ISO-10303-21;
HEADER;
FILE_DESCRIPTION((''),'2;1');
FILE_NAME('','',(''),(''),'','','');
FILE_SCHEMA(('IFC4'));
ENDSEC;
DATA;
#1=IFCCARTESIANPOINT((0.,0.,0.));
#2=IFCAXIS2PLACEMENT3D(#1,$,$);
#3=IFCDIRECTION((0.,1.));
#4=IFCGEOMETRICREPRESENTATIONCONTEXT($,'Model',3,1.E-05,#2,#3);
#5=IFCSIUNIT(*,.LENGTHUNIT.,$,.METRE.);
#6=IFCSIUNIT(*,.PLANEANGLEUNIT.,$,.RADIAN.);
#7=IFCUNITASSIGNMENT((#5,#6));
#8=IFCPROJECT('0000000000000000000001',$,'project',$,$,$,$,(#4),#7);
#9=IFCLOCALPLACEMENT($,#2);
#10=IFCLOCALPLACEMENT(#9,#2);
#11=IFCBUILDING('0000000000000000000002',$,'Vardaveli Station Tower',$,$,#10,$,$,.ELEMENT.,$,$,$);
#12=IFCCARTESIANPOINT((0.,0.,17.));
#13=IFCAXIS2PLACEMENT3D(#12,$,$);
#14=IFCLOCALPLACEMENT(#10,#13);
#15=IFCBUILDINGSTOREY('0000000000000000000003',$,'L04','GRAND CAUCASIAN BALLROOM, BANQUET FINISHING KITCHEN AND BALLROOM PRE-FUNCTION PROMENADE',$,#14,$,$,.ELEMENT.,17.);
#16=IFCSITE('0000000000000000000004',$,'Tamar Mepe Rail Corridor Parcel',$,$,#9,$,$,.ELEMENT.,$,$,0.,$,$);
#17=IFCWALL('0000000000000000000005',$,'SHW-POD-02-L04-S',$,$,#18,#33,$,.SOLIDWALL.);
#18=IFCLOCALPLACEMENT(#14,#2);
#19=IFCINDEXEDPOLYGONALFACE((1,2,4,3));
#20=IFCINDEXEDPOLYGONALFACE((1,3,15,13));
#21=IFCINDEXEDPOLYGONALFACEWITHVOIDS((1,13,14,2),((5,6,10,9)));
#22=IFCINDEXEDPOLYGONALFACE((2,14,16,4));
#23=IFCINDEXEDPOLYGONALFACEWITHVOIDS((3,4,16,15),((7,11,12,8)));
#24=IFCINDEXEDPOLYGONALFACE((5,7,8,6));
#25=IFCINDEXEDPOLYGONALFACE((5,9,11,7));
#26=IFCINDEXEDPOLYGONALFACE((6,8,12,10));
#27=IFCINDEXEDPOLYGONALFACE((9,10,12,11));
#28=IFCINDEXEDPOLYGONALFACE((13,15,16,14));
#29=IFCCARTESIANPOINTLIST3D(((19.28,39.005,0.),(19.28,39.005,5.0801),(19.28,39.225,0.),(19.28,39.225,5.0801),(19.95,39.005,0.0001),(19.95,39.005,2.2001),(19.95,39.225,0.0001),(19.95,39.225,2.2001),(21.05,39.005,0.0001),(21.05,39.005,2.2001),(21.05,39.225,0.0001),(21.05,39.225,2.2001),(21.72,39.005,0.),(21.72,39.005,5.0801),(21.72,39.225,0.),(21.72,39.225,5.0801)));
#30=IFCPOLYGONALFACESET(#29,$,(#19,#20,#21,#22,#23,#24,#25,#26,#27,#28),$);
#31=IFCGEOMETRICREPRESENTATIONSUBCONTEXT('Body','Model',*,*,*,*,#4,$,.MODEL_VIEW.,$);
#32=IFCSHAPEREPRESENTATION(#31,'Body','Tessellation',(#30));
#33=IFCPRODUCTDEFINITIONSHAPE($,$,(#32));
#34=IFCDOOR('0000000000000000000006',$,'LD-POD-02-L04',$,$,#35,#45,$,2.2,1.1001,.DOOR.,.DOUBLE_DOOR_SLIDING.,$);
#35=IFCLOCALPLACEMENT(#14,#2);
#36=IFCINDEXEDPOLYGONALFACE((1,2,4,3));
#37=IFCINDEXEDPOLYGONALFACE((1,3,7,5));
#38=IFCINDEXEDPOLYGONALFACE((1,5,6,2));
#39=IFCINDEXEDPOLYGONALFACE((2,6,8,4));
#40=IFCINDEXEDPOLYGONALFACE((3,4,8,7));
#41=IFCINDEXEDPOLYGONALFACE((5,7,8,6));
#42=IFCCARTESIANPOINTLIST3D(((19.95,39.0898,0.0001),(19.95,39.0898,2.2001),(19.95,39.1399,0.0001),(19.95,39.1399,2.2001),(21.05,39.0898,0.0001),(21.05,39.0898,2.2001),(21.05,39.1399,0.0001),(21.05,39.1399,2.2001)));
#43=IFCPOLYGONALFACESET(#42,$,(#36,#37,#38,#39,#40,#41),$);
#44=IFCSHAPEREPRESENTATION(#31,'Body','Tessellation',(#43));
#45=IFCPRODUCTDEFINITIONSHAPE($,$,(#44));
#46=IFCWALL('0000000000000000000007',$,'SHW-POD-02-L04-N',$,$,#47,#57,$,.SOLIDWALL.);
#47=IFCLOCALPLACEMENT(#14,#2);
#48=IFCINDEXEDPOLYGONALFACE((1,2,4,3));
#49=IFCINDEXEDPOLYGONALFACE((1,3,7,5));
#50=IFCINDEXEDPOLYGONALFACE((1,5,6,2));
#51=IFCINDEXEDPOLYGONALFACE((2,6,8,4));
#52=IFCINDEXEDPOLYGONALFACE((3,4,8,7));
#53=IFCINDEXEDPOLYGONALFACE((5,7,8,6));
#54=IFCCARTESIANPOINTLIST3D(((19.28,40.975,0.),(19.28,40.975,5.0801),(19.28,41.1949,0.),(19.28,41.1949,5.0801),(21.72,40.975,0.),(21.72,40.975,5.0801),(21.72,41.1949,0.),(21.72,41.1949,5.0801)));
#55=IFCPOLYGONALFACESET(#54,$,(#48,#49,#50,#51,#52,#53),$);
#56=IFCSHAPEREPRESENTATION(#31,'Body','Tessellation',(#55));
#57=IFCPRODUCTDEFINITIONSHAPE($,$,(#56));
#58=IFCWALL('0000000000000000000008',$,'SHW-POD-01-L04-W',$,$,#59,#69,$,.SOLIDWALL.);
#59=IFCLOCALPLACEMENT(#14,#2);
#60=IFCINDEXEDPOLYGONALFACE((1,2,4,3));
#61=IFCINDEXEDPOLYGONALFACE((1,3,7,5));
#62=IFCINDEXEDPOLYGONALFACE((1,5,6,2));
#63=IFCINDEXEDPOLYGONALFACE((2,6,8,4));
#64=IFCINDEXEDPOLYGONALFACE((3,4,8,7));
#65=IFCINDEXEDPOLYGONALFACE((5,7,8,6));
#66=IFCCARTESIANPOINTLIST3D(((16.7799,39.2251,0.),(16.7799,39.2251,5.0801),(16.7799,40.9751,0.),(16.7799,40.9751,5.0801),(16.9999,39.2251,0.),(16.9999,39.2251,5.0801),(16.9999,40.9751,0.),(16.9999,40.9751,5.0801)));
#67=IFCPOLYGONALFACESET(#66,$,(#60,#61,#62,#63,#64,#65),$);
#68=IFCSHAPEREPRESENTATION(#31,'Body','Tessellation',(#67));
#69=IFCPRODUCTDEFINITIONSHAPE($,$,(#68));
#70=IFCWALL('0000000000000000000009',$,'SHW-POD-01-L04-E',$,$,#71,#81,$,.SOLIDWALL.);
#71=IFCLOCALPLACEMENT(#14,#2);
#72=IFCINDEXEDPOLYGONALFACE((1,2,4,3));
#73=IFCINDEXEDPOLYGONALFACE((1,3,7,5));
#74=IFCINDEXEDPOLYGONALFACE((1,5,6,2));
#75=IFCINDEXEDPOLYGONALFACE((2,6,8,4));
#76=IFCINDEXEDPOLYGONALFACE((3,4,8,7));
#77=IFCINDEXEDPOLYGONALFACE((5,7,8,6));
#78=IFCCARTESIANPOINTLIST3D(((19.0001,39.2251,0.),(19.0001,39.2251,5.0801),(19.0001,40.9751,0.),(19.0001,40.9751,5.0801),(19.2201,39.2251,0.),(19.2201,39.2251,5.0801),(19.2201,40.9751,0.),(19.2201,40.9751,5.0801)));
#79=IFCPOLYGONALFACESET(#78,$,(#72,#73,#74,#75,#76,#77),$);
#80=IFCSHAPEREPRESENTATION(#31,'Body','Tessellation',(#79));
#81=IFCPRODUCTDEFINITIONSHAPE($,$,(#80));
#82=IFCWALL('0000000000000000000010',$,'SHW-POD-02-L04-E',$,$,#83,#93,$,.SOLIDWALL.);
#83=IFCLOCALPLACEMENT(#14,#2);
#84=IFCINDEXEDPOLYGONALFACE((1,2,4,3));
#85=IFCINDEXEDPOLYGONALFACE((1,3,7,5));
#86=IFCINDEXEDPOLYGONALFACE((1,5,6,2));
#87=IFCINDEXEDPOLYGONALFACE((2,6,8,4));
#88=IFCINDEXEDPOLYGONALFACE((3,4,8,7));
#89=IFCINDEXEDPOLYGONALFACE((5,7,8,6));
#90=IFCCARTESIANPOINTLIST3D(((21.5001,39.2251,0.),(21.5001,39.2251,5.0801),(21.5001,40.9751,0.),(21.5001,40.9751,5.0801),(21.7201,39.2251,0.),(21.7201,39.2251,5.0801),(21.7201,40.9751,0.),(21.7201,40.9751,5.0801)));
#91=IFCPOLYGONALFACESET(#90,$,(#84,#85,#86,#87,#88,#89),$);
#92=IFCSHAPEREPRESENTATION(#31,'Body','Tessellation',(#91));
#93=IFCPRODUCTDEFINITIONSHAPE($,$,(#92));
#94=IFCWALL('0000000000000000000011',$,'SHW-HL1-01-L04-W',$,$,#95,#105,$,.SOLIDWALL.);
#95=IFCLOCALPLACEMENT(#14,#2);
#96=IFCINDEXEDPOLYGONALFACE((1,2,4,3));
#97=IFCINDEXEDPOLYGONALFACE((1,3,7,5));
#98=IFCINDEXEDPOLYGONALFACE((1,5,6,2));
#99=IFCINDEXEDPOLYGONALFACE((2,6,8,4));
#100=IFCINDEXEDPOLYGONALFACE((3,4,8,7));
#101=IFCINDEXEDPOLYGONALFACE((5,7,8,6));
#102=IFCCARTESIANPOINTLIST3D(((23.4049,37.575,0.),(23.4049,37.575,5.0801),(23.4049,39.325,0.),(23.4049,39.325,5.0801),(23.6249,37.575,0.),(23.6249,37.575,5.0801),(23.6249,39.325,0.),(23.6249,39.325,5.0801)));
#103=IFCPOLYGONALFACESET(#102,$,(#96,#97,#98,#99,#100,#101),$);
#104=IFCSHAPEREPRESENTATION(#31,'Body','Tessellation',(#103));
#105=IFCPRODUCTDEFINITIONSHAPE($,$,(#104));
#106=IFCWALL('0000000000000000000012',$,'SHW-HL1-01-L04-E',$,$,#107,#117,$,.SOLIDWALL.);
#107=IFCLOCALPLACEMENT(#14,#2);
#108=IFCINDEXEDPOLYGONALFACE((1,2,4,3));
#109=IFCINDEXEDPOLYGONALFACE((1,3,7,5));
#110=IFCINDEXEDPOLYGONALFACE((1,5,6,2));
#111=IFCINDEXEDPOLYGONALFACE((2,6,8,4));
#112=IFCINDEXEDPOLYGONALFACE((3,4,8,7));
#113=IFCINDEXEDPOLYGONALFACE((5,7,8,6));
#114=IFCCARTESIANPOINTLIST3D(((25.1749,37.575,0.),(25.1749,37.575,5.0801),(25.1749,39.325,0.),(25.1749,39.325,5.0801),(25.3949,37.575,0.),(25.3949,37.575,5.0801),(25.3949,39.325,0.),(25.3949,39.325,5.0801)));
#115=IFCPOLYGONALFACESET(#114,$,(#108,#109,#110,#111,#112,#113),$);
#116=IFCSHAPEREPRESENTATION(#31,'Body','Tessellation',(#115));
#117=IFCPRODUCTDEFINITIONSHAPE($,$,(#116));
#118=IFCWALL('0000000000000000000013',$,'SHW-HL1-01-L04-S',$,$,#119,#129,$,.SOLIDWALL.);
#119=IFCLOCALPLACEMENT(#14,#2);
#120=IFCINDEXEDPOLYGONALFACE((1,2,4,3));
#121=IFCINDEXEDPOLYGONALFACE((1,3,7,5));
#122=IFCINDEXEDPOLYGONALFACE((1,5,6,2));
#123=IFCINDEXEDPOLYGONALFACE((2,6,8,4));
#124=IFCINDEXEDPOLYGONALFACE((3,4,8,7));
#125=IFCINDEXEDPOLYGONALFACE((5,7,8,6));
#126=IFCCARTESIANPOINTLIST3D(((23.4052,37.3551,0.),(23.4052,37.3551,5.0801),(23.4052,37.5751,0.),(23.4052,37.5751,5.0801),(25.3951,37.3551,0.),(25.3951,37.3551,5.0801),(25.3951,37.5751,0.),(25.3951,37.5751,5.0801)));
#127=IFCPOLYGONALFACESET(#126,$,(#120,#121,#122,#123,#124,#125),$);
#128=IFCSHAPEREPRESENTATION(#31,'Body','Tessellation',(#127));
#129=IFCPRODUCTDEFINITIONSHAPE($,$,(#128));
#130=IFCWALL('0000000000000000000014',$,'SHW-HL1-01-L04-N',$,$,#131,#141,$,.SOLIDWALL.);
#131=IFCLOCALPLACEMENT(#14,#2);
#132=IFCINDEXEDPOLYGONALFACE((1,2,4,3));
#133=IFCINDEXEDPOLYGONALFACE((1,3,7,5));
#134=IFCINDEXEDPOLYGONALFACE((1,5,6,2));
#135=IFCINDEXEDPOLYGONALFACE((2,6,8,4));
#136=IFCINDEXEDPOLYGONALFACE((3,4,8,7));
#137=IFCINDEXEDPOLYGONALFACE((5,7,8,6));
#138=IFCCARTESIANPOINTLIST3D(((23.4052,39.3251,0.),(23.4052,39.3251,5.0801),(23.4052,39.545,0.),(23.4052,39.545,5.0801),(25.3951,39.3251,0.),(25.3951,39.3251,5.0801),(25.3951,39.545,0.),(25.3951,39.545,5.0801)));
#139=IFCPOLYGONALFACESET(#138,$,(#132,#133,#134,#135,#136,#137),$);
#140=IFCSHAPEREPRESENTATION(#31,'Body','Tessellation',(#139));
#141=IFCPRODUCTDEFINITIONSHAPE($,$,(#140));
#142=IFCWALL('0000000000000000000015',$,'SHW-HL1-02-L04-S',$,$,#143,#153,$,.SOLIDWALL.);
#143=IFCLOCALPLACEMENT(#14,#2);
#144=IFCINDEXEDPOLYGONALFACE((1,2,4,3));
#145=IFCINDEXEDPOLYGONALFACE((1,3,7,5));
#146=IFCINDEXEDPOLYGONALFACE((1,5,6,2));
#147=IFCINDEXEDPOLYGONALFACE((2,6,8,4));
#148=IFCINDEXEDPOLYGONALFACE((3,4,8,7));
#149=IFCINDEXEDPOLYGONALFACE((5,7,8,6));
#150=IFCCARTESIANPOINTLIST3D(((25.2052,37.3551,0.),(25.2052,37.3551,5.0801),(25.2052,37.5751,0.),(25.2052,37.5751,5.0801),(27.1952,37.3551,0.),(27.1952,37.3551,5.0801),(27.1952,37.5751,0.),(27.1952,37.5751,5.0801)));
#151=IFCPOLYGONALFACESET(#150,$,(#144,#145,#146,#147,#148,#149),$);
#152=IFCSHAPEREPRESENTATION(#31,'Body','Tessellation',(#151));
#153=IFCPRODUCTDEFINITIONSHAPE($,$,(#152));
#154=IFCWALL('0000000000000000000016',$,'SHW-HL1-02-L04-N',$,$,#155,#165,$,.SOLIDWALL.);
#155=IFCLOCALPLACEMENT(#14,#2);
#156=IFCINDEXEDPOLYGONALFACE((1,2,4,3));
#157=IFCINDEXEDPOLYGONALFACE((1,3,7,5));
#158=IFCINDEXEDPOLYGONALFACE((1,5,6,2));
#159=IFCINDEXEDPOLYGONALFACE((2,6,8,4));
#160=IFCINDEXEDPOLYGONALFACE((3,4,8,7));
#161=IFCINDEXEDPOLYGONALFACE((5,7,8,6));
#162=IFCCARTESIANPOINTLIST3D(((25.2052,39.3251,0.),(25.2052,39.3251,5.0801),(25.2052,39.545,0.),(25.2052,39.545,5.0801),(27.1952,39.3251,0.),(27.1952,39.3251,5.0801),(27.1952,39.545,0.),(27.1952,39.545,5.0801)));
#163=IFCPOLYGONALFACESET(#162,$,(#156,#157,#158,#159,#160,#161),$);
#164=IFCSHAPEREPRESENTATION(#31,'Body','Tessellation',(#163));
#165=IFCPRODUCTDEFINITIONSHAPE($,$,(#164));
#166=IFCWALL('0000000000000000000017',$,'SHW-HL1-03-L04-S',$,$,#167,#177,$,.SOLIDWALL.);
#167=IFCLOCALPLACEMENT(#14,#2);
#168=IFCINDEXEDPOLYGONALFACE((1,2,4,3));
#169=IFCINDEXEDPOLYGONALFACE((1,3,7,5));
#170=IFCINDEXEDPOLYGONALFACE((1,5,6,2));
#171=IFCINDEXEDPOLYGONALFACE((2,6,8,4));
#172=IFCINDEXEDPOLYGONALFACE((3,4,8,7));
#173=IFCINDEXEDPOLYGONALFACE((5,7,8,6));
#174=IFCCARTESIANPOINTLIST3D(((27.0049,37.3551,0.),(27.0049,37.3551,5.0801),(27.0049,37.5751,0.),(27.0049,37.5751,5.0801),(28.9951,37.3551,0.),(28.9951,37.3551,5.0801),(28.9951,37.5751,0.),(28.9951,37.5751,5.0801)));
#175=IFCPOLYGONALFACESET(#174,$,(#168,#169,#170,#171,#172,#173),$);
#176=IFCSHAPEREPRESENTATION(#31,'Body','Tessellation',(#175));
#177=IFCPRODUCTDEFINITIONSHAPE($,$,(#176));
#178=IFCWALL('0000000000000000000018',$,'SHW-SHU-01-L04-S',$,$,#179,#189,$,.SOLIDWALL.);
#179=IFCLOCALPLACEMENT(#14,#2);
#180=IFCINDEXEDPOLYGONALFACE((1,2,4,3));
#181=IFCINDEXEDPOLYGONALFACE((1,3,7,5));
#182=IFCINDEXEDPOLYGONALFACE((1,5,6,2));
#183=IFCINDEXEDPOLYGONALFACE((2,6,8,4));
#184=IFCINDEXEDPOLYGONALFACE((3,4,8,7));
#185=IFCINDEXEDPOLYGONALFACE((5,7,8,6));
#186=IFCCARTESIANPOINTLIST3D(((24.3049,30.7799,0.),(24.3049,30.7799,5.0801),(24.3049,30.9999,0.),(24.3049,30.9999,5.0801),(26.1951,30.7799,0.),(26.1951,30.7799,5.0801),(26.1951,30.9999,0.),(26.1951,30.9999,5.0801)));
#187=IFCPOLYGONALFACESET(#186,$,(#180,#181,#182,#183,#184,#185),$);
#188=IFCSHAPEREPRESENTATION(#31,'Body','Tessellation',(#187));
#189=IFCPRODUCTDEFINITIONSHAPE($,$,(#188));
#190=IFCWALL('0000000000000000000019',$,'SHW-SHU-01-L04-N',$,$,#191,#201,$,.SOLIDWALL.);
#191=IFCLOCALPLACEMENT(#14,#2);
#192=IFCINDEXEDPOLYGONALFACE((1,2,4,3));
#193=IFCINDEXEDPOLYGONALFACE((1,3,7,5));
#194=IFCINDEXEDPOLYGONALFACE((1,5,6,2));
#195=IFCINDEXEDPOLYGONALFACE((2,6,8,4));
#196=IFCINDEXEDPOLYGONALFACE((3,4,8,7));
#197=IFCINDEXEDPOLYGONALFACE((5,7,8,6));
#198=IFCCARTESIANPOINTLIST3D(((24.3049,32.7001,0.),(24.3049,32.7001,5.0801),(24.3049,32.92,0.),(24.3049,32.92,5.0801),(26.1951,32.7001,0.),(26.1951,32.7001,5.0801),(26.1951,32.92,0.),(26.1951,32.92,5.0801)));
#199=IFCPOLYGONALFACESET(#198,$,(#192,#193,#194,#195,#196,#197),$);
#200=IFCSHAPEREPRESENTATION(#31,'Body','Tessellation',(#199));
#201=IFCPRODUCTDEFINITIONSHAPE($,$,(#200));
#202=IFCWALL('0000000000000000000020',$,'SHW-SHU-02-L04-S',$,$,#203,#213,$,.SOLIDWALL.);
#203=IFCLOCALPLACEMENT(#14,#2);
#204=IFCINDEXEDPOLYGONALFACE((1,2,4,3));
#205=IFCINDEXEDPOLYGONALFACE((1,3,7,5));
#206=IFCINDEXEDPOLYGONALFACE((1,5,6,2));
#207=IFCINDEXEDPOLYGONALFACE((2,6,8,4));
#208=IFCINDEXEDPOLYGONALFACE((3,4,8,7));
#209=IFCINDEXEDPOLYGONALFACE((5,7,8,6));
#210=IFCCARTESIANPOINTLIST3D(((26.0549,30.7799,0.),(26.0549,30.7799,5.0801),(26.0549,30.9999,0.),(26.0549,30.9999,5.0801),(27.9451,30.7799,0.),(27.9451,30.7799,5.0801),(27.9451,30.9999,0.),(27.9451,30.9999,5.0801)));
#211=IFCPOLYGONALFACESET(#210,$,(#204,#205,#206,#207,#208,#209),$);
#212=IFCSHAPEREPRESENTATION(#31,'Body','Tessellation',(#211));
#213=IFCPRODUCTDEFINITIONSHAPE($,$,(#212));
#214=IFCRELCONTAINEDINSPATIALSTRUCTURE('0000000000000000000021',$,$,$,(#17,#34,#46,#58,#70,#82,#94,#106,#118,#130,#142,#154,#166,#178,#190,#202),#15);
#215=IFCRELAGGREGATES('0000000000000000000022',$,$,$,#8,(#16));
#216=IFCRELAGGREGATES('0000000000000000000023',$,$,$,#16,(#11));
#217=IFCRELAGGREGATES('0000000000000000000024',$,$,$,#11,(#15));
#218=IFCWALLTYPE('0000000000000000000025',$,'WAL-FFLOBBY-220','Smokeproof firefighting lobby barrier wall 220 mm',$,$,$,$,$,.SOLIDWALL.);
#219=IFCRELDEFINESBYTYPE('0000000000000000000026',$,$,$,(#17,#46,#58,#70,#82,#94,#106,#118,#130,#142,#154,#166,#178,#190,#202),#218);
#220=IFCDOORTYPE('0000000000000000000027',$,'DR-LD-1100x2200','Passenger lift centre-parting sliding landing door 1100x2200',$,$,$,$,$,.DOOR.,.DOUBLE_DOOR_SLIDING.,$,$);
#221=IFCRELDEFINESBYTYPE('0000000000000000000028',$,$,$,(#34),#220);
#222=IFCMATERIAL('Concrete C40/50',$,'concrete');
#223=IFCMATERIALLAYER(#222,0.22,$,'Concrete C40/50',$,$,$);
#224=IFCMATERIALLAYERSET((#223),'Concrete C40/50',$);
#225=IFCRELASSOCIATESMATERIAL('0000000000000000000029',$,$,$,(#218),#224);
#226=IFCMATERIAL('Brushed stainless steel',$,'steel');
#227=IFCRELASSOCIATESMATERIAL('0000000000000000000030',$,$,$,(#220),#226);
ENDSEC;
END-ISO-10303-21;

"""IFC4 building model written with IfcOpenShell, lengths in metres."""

from ifc_helpers import new_model, si_unit, direction, frame, frame_2d, origin, place, context, subcontext, project, spatial, rectangle, extrude, source, transform, mapped, material, layer, layer_set, type_object, element, fill, save


model = new_model("IFC4")

# Units and contexts
model_context = context("Model", 3, precision=1e-05, world=origin(), true_north=direction((0.0, 1.0)))
body_context = subcontext(model_context, "Body", "Model", "MODEL_VIEW")
ifc_project = project(units=[si_unit("LENGTHUNIT", "METRE"), si_unit("PLANEANGLEUNIT", "RADIAN")], contexts=[model_context])

# Site, building, storey
site_placement = place(None, origin())
site = spatial("IfcSite", under=ifc_project, at=site_placement, Name="Tamar Mepe Rail Corridor Parcel", CompositionType="ELEMENT", RefElevation=0.0)
building_placement = place(site_placement, origin())
building = spatial("IfcBuilding", under=site, at=building_placement, Name="Vardaveli Station Tower", CompositionType="ELEMENT")
storey_placement = place(building_placement, frame((0.0, 0.0, 17.0)))
storey = spatial("IfcBuildingStorey", under=building, at=storey_placement, Name="L04", Description="GRAND CAUCASIAN BALLROOM, BANQUET FINISHING KITCHEN AND BALLROOM PRE-FUNCTION PROMENADE", CompositionType="ELEMENT", Elevation=17.0)

# Shared definitions
ifc_material_1 = material(Name="Concrete C40/50", Category="concrete")

# Shared definitions
ifc_layer_1 = layer(ifc_material_1, 0.22, Name="Concrete C40/50")
ifc_layer_set_1 = layer_set([ifc_layer_1], Name="Concrete C40/50")
wall_type_1 = type_object("IfcWallType", Name="WAL-FFLOBBY-220", Description="Smokeproof firefighting lobby barrier wall 220 mm", PredefinedType="SOLIDWALL", material=ifc_layer_set_1)
shared_shape_1 = source(origin(), body_context, "Body", "SweptSolid", [
    extrude(rectangle(XDim=2.4399, YDim=0.22, at=frame_2d((1.22, 0.0))), origin(), (0.0, 0.0, 1.0), 5.0801),
])
shared_shape_2 = source(origin(), body_context, "Body", "SweptSolid", [
    extrude(rectangle(XDim=1.1001, YDim=2.2, at=frame_2d((0.55, 1.1001))), frame((0.0, 0.1201, 0.0), z_axis=(0.0, -1.0, 0.0), x_axis=(1.0, 0.0, 0.0)), (0.0, 0.0, 1.0), 0.24),
])
ifc_material_2 = material(Name="Brushed stainless steel", Category="steel")
door_type = type_object("IfcDoorType", Name="DR-LD-1100x2200", Description="Passenger lift centre-parting sliding landing door 1100x2200", OperationType="DOUBLE_DOOR_SLIDING", PredefinedType="DOOR", material=ifc_material_2)
shared_shape_3 = source(origin(), body_context, "Body", "SweptSolid", [
    extrude(rectangle(XDim=1.1001, YDim=2.2, at=frame_2d((0.55, 1.1001))), frame((0.0, 0.0249, 0.0), z_axis=(0.0, -1.0, 0.0), x_axis=(1.0, 0.0, 0.0)), (0.0, 0.0, 1.0), 0.05),
])

# Wall, opening, door
wall_1_placement = place(storey_placement, frame((19.28, 39.115, 0.0), z_axis=(0.0, 0.0, 1.0), x_axis=(1.0, 0.0, 0.0)))
wall_1 = element("IfcWall", 1, at=wall_1_placement, inside=storey, type_object=wall_type_1, Name="SHW-POD-02-L04-S", PredefinedType="SOLIDWALL", context=body_context, shape_type="MappedRepresentation", body=[
    mapped(shared_shape_1, transform((0.0, 0.0, 0.0), scale=1.0)),
])
opening_1_placement = place(wall_1_placement, frame((0.6699, 0.0, 0.0)))
opening_1 = element("IfcOpeningElement", 2, at=opening_1_placement, cuts=wall_1, PredefinedType="OPENING", context=body_context, shape_type="MappedRepresentation", body=[
    mapped(shared_shape_2, transform((0.0, 0.0, 0.0), scale=1.0)),
])
door_1_placement = place(opening_1_placement, origin())
door_1 = element("IfcDoor", 3, at=door_1_placement, inside=storey, type_object=door_type, Name="LD-POD-02-L04", OperationType="DOUBLE_DOOR_SLIDING", OverallHeight=2.2, OverallWidth=1.1001, PredefinedType="DOOR", context=body_context, shape_type="MappedRepresentation", body=[
    mapped(shared_shape_3, transform((0.0, 0.0, 0.0), scale=1.0)),
])
fill(opening_1, door_1)

# Walls
wall_2_placement = place(storey_placement, frame((19.28, 41.085, 0.0), z_axis=(0.0, 0.0, 1.0), x_axis=(1.0, 0.0, 0.0)))
element("IfcWall", 4, at=wall_2_placement, inside=storey, type_object=wall_type_1, Name="SHW-POD-02-L04-N", PredefinedType="SOLIDWALL", context=body_context, shape_type="MappedRepresentation", body=[
    mapped(shared_shape_1, transform((0.0, 0.0, 0.0), scale=1.0)),
])
shared_shape_4 = source(origin(), body_context, "Body", "SweptSolid", [
    extrude(rectangle(XDim=1.75, YDim=0.22, at=frame_2d((0.875, 0.0))), origin(), (0.0, 0.0, 1.0), 5.0801),
])
for number, where, z_axis, x_axis, name in (
    (5, (16.8899, 39.2251, 0.0), (0.0, 0.0, 1.0), (0.0, 1.0, 0.0), "SHW-POD-01-L04-W"),
    (6, (19.1101, 39.2251, 0.0), (0.0, 0.0, 1.0), (0.0, 1.0, 0.0), "SHW-POD-01-L04-E"),
    (7, (21.6101, 39.2251, 0.0), (0.0, 0.0, 1.0), (0.0, 1.0, 0.0), "SHW-POD-02-L04-E"),
    (8, (23.5149, 37.575, 0.0), (0.0, 0.0, 1.0), (0.0, 1.0, 0.0), "SHW-HL1-01-L04-W"),
    (9, (25.2849, 37.575, 0.0), (0.0, 0.0, 1.0), (0.0, 1.0, 0.0), "SHW-HL1-01-L04-E"),
):
    element("IfcWall", number, at=place(storey_placement, frame(where, z_axis=z_axis, x_axis=x_axis)), inside=storey, type_object=wall_type_1, Name=name, PredefinedType="SOLIDWALL", context=body_context, shape_type="MappedRepresentation", body=[
        mapped(shared_shape_4, transform((0.0, 0.0, 0.0), scale=1.0)),
    ])
shared_shape_5 = source(origin(), body_context, "Body", "SweptSolid", [
    extrude(rectangle(XDim=1.99, YDim=0.22, at=frame_2d((0.9951, 0.0))), origin(), (0.0, 0.0, 1.0), 5.0801),
])
for number, where, z_axis, x_axis, name in (
    (10, (23.405, 37.4651, 0.0), (0.0, 0.0, 1.0), (1.0, 0.0, 0.0), "SHW-HL1-01-L04-S"),
    (11, (23.405, 39.4351, 0.0), (0.0, 0.0, 1.0), (1.0, 0.0, 0.0), "SHW-HL1-01-L04-N"),
    (12, (25.2051, 37.4651, 0.0), (0.0, 0.0, 1.0), (1.0, 0.0, 0.0), "SHW-HL1-02-L04-S"),
    (13, (25.2051, 39.4351, 0.0), (0.0, 0.0, 1.0), (1.0, 0.0, 0.0), "SHW-HL1-02-L04-N"),
):
    element("IfcWall", number, at=place(storey_placement, frame(where, z_axis=z_axis, x_axis=x_axis)), inside=storey, type_object=wall_type_1, Name=name, PredefinedType="SOLIDWALL", context=body_context, shape_type="MappedRepresentation", body=[
        mapped(shared_shape_5, transform((0.0, 0.0, 0.0), scale=1.0)),
    ])
shared_shape_6 = source(origin(), body_context, "Body", "SweptSolid", [
    extrude(rectangle(XDim=1.9902, YDim=0.22, at=frame_2d((0.9951, 0.0))), origin(), (0.0, 0.0, 1.0), 5.0801),
])
wall_3_placement = place(storey_placement, frame((27.0049, 37.4651, 0.0), z_axis=(0.0, 0.0, 1.0), x_axis=(1.0, 0.0, 0.0)))
element("IfcWall", 14, at=wall_3_placement, inside=storey, type_object=wall_type_1, Name="SHW-HL1-03-L04-S", PredefinedType="SOLIDWALL", context=body_context, shape_type="MappedRepresentation", body=[
    mapped(shared_shape_6, transform((0.0, 0.0, 0.0), scale=1.0)),
])
shared_shape_7 = source(origin(), body_context, "Body", "SweptSolid", [
    extrude(rectangle(XDim=1.8901, YDim=0.22, at=frame_2d((0.9451, 0.0))), origin(), (0.0, 0.0, 1.0), 5.0801),
])
for number, where, z_axis, x_axis, name in (
    (15, (24.3049, 30.8899, 0.0), (0.0, 0.0, 1.0), (1.0, 0.0, 0.0), "SHW-SHU-01-L04-S"),
    (16, (24.3049, 32.8101, 0.0), (0.0, 0.0, 1.0), (1.0, 0.0, 0.0), "SHW-SHU-01-L04-N"),
    (17, (26.0549, 30.8899, 0.0), (0.0, 0.0, 1.0), (1.0, 0.0, 0.0), "SHW-SHU-02-L04-S"),
):
    element("IfcWall", number, at=place(storey_placement, frame(where, z_axis=z_axis, x_axis=x_axis)), inside=storey, type_object=wall_type_1, Name=name, PredefinedType="SOLIDWALL", context=body_context, shape_type="MappedRepresentation", body=[
        mapped(shared_shape_7, transform((0.0, 0.0, 0.0), scale=1.0)),
    ])

save(model, "model.ifc")
